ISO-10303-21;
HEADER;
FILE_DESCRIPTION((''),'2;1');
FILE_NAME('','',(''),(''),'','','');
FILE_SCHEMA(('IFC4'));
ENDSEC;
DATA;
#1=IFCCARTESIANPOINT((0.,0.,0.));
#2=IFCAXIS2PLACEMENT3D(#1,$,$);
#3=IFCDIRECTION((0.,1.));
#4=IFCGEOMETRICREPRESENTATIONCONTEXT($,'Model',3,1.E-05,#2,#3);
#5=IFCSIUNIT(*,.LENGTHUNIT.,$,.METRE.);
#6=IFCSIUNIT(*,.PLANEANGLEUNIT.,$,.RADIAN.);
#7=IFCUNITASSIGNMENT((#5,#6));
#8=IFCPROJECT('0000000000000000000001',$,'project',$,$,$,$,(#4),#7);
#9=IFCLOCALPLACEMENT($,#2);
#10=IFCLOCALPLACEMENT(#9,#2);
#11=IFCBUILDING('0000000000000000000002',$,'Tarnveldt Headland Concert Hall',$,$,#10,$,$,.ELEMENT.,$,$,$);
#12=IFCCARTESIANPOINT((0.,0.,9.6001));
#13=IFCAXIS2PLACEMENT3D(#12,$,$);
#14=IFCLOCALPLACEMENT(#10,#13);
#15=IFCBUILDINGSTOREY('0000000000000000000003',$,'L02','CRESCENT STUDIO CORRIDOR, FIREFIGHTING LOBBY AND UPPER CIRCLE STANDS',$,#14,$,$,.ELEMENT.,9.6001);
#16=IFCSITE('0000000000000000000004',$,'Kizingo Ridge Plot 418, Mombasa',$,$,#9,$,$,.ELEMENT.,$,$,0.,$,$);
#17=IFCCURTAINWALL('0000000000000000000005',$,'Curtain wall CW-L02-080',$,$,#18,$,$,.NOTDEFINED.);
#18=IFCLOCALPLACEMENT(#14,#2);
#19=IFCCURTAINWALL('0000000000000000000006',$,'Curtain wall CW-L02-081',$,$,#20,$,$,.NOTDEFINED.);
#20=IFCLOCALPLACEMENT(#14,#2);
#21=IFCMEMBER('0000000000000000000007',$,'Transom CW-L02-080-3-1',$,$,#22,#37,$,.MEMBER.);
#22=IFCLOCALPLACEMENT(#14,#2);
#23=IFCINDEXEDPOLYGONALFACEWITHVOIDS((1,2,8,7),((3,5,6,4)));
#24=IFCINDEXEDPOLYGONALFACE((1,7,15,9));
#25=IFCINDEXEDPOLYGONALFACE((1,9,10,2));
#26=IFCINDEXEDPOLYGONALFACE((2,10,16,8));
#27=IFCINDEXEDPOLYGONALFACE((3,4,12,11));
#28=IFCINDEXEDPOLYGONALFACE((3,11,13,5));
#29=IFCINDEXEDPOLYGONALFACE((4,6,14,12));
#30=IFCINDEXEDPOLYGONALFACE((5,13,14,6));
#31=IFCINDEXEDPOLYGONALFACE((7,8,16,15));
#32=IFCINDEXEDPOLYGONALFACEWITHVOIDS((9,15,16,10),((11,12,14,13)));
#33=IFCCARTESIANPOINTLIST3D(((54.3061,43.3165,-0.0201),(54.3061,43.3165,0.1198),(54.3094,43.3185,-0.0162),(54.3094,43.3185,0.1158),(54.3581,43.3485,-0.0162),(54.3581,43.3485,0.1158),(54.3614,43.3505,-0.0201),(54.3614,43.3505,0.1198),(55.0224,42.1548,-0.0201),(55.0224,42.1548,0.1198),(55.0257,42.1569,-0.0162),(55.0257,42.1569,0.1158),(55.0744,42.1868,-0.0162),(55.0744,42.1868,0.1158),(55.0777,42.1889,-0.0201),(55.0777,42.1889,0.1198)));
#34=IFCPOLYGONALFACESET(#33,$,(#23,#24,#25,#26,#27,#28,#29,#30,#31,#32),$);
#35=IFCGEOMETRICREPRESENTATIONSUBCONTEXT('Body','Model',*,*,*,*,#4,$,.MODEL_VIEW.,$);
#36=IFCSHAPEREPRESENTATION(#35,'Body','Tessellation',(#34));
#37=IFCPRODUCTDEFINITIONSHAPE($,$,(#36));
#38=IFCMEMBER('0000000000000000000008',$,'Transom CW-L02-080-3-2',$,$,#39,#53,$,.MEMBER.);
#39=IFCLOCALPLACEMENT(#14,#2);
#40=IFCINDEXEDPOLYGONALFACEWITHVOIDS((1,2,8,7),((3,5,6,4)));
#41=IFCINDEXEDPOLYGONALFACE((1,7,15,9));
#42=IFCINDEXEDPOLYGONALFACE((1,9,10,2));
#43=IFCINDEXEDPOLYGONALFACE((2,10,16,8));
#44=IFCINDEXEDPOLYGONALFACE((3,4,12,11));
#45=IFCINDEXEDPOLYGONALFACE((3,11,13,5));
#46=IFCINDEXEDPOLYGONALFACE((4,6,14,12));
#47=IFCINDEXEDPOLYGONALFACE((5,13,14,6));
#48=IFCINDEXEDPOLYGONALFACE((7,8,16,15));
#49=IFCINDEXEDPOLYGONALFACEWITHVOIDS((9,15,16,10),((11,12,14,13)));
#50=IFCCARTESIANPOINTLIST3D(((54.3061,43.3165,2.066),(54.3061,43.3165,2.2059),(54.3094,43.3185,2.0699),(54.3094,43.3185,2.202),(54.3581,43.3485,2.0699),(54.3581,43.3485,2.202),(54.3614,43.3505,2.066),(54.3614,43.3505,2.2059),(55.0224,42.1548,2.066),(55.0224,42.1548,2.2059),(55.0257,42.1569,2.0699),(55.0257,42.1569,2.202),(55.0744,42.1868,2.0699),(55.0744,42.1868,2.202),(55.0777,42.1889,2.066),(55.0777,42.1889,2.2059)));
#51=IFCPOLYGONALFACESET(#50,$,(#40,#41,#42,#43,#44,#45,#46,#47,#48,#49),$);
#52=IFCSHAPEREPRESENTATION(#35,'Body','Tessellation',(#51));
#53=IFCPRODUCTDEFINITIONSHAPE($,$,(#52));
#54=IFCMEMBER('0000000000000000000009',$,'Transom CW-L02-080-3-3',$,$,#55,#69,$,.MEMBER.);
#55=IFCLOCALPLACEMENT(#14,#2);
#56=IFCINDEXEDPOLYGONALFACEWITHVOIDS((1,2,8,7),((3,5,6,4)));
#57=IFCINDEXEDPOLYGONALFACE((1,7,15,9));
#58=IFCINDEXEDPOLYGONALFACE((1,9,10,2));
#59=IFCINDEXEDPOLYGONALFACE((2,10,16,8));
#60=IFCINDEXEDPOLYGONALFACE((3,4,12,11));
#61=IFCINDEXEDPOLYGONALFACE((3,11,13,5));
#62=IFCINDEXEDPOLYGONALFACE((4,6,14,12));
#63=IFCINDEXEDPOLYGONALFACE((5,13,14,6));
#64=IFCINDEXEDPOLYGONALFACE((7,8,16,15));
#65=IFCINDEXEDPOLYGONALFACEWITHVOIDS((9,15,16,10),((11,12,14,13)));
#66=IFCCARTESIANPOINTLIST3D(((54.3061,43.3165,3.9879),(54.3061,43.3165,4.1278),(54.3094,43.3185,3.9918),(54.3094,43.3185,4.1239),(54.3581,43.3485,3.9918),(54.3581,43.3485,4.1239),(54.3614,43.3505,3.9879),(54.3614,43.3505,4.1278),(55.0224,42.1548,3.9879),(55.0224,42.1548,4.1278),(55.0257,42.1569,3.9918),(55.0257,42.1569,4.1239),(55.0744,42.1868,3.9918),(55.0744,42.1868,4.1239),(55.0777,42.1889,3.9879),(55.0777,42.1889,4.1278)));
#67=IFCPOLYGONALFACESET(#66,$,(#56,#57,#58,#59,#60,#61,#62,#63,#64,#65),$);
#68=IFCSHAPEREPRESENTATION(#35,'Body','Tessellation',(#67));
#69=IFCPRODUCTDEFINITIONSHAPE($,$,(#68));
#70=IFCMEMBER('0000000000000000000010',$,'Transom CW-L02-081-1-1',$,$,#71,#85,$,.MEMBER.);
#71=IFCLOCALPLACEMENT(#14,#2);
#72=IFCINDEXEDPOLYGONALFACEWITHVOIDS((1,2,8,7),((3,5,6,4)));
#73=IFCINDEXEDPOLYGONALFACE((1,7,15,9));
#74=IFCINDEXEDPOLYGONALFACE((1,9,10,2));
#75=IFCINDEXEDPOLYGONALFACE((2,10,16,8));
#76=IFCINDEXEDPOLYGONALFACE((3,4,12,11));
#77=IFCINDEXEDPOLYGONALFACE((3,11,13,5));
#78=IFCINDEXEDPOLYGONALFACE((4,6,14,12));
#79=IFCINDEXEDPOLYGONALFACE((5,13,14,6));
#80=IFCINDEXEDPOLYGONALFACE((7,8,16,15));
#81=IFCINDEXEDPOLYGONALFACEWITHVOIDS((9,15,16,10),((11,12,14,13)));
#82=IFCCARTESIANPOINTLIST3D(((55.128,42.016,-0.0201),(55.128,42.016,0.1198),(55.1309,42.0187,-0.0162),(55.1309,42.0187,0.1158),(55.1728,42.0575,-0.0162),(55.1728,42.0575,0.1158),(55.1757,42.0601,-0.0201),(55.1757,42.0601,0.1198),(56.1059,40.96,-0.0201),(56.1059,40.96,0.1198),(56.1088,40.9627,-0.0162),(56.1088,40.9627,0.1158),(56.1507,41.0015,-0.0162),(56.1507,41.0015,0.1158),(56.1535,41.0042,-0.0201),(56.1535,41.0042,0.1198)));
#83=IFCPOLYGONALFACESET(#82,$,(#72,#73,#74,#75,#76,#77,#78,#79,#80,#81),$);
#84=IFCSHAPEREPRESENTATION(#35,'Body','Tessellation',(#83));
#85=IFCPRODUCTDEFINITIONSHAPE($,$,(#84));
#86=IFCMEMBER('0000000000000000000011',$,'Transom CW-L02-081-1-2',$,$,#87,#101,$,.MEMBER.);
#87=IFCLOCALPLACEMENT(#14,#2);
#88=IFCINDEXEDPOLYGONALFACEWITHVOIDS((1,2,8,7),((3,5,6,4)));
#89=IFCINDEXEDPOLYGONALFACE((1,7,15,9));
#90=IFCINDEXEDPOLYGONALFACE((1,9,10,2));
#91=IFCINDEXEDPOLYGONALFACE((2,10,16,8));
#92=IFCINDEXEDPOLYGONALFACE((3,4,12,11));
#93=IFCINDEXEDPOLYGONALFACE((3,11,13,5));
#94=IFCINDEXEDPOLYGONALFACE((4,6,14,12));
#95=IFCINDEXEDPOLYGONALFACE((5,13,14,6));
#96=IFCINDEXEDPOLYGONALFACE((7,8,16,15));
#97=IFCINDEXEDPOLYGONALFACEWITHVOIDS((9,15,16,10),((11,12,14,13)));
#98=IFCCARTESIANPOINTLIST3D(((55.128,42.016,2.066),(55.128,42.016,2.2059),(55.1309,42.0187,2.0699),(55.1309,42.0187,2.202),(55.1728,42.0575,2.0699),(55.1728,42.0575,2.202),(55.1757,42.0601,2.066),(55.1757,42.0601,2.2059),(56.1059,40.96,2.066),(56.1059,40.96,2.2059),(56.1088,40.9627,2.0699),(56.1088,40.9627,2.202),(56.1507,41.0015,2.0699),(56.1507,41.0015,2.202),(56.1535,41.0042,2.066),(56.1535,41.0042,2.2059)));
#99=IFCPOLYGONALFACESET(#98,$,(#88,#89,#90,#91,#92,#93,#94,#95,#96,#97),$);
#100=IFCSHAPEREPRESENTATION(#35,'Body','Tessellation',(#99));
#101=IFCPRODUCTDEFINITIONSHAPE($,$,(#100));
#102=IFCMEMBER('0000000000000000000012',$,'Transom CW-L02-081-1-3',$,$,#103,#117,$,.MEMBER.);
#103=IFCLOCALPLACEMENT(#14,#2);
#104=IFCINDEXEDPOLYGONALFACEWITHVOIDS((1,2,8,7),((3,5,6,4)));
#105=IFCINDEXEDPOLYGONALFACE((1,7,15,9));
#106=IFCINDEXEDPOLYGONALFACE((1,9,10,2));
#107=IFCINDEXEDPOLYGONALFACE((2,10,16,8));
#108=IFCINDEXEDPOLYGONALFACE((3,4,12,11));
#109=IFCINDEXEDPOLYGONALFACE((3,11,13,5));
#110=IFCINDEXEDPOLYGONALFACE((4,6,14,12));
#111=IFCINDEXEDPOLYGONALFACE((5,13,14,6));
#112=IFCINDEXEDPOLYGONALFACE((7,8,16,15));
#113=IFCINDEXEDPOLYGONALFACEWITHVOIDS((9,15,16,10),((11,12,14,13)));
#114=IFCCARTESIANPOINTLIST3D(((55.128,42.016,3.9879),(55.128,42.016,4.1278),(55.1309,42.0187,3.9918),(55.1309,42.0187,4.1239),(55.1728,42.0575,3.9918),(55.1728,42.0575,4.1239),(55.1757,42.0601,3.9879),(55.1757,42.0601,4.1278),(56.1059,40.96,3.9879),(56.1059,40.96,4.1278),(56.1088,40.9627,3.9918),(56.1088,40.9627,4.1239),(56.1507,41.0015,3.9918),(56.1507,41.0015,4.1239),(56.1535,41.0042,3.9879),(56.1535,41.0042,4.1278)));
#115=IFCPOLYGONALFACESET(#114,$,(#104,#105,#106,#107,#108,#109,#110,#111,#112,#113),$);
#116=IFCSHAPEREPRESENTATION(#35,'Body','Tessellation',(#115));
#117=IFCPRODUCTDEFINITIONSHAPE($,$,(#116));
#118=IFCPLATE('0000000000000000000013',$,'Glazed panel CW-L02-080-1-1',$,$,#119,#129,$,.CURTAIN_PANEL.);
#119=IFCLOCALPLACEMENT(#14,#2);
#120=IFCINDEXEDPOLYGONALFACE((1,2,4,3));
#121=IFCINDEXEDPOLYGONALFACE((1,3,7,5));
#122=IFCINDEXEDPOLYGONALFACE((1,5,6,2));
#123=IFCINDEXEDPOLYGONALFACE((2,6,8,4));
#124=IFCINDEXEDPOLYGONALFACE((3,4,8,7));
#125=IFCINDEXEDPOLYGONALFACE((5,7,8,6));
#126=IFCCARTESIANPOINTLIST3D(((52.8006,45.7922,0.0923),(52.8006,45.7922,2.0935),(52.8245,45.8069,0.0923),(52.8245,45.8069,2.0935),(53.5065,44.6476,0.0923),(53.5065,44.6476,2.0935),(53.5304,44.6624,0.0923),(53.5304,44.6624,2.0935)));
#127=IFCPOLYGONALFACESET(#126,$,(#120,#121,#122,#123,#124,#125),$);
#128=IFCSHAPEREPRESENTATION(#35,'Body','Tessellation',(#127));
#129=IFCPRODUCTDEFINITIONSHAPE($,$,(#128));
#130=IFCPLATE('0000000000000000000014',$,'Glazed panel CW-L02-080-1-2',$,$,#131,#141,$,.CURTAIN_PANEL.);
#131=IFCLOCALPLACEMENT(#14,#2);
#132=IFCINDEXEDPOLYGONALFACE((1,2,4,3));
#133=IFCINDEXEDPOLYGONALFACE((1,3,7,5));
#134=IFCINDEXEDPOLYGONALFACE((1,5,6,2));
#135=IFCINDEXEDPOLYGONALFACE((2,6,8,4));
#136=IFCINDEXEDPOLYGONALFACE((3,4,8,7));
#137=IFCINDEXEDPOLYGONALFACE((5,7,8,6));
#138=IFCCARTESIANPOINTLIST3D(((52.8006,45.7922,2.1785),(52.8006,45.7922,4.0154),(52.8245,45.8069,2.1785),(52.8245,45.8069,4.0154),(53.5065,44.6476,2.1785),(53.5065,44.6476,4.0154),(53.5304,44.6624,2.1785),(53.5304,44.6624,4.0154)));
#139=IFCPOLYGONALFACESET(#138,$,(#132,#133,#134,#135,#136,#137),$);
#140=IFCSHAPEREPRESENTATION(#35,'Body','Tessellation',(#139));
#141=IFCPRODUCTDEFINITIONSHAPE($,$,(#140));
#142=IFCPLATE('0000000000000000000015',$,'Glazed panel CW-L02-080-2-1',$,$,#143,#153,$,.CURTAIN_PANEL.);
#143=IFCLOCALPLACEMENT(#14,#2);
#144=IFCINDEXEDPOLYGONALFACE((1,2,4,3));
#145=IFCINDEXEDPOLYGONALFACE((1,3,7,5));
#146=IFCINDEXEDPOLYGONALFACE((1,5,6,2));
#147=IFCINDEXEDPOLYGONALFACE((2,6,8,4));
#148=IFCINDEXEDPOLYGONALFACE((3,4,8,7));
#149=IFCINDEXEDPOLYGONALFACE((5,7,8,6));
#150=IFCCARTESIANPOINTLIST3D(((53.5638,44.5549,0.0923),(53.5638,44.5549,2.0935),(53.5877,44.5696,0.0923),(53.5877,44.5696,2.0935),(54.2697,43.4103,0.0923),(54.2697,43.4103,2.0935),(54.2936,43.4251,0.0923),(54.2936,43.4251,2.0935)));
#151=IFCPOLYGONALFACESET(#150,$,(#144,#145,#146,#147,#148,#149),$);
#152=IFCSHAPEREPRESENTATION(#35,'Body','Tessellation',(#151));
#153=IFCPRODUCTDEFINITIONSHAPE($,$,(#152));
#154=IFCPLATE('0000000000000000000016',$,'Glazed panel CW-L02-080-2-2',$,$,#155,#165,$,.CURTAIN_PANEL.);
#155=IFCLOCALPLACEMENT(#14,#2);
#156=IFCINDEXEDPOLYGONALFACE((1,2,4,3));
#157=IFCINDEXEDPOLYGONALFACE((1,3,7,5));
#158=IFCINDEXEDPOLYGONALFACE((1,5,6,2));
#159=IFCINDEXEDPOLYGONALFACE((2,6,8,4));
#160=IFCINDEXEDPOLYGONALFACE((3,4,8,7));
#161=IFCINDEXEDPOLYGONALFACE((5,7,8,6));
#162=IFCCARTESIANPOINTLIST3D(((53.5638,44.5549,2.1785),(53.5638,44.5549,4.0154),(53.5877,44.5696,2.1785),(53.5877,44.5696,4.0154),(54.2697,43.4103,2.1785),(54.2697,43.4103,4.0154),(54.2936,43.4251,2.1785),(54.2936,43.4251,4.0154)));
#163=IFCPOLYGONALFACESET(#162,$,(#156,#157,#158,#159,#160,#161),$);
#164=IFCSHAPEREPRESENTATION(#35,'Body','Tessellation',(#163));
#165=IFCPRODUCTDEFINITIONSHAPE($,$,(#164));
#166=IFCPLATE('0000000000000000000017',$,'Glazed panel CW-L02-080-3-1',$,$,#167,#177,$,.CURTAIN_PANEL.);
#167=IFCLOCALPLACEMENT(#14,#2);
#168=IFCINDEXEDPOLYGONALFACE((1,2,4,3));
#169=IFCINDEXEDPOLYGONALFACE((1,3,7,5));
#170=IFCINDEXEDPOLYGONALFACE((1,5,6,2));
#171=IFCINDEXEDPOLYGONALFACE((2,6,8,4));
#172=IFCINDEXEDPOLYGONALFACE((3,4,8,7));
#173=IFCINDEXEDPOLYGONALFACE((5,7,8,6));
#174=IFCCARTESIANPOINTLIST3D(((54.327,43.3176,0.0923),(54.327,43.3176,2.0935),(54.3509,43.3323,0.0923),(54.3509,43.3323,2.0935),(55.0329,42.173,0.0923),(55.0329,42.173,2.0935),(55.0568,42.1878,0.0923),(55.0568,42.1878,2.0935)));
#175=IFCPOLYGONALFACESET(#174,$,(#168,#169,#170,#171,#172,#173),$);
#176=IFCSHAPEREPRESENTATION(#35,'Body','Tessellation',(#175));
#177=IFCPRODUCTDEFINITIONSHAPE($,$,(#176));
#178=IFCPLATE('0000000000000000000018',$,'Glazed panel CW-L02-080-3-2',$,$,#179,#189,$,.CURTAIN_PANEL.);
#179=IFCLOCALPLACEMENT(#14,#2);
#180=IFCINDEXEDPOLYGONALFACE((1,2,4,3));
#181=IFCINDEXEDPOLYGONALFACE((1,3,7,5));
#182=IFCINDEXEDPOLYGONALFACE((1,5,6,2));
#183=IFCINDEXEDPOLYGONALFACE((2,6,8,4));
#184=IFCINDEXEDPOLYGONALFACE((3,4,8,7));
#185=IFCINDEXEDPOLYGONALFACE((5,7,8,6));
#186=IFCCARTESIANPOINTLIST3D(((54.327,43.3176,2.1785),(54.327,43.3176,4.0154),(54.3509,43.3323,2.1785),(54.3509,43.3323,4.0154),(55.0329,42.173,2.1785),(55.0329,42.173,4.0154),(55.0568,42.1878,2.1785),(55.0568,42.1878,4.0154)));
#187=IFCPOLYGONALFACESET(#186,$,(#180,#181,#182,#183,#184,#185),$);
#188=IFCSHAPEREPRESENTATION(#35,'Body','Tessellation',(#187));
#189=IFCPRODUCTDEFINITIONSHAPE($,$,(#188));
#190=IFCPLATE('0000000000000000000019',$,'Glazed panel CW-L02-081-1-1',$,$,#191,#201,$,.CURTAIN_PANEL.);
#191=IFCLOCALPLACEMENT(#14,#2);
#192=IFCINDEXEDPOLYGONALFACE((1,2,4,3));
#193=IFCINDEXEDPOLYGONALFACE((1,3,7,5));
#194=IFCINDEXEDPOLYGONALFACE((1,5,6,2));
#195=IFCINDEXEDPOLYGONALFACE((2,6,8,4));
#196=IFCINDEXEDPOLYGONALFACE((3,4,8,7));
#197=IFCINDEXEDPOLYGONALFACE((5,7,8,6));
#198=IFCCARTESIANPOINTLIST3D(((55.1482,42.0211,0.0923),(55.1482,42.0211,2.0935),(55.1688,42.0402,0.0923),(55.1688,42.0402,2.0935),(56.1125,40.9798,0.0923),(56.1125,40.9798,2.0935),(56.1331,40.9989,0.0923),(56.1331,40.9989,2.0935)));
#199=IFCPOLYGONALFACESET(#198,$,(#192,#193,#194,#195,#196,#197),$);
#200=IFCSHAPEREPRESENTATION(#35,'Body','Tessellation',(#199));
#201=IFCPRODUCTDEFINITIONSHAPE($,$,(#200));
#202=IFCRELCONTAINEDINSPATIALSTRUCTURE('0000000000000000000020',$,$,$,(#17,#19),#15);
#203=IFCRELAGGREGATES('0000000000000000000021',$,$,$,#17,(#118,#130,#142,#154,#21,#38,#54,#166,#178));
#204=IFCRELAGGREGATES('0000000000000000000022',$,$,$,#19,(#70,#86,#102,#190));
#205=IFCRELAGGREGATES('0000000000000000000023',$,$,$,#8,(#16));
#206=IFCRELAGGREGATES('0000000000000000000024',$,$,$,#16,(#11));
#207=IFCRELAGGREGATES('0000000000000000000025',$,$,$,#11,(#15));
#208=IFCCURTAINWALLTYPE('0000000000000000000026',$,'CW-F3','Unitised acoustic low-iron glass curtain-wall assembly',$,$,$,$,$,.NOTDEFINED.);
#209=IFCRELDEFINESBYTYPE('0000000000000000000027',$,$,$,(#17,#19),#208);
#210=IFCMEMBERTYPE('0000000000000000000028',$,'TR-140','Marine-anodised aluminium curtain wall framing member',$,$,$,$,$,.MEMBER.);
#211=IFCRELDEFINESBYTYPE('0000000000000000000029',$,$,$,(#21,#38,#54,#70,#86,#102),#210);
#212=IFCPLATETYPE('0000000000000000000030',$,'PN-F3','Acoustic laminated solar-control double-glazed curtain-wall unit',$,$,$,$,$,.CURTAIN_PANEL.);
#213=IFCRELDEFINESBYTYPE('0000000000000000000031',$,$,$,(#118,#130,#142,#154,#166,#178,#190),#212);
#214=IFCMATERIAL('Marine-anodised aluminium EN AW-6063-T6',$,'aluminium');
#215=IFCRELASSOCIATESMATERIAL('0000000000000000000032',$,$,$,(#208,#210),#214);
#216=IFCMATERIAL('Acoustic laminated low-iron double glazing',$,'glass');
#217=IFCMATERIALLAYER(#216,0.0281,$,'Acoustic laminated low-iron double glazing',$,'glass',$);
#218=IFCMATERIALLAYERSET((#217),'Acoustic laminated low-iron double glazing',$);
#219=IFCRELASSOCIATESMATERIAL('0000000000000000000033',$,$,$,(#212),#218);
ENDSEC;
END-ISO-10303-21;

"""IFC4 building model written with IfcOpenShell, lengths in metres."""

from ifc_helpers import new_model, si_unit, direction, frame, origin, origin_2d, place, context, subcontext, project, spatial, rectangle, hollow_rectangle, extrude, material, layer, layer_set, material_profile, profile_set, type_object, element, aggregate, save


model = new_model("IFC4")

# Units and contexts
model_context = context("Model", 3, precision=1e-05, world=origin(), true_north=direction((0.0, 1.0)))
body_context = subcontext(model_context, "Body", "Model", "MODEL_VIEW")
ifc_project = project(units=[si_unit("LENGTHUNIT", "METRE"), si_unit("PLANEANGLEUNIT", "RADIAN")], contexts=[model_context])

# Site, building, storey
site_placement = place(None, origin())
site = spatial("IfcSite", under=ifc_project, at=site_placement, Name="Kizingo Ridge Plot 418, Mombasa", CompositionType="ELEMENT", RefElevation=0.0)
building_placement = place(site_placement, origin())
building = spatial("IfcBuilding", under=site, at=building_placement, Name="Tarnveldt Headland Concert Hall", CompositionType="ELEMENT")
storey_placement = place(building_placement, frame((0.0, 0.0, 9.6001)))
storey = spatial("IfcBuildingStorey", under=building, at=storey_placement, Name="L02", Description="CRESCENT STUDIO CORRIDOR, FIREFIGHTING LOBBY AND UPPER CIRCLE STANDS", CompositionType="ELEMENT", Elevation=9.6001)

# Curtain wall
ifc_material_1 = material(Name="Marine-anodised aluminium EN AW-6063-T6", Category="aluminium")
curtain_wall_type = type_object("IfcCurtainWallType", Name="CW-F3", Description="Unitised acoustic low-iron glass curtain-wall assembly", PredefinedType="NOTDEFINED", material=ifc_material_1)
curtain_wall_1_placement = place(storey_placement, origin())
curtain_wall_1 = element("IfcCurtainWall", 1, at=curtain_wall_1_placement, inside=storey, type_object=curtain_wall_type, Name="Curtain wall CW-L02-080", PredefinedType="NOTDEFINED")

# Curtain wall
curtain_wall_2_placement = place(storey_placement, origin())
curtain_wall_2 = element("IfcCurtainWall", 2, at=curtain_wall_2_placement, inside=storey, type_object=curtain_wall_type, Name="Curtain wall CW-L02-081", PredefinedType="NOTDEFINED")

# Members
ifc_material_profile_1 = material_profile(ifc_material_1, hollow_rectangle(XDim=0.0649, YDim=0.1399, WallThickness=0.0039, at=origin_2d()), Name="ALU TRANSOM 65x140x4", Category="aluminium")
ifc_profile_set_1 = profile_set([ifc_material_profile_1], Name="Marine-anodised aluminium EN AW-6063-T6")
member_type_1 = type_object("IfcMemberType", Name="TR-140", Description="Marine-anodised aluminium curtain wall framing member", PredefinedType="MEMBER", material=ifc_profile_set_1)
member_1_placement = place(storey_placement, frame((54.3337, 43.3335, 0.0498), z_axis=(0.524876, -0.851179, 0.0), x_axis=(0.851179, 0.524876, 0.0)))
member_1 = element("IfcMember", 3, at=member_1_placement, type_object=member_type_1, Name="Transom CW-L02-080-3-1", PredefinedType="MEMBER", context=body_context, shape_type="SweptSolid", body=[
    extrude(hollow_rectangle(XDim=0.0649, YDim=0.1399, WallThickness=0.0039, at=origin_2d()), origin(), (0.0, 0.0, 1.0), 1.3647),
])
member_2_placement = place(storey_placement, frame((54.3337, 43.3335, 2.136), z_axis=(0.524876, -0.851179, 0.0), x_axis=(0.851179, 0.524876, 0.0)))
member_2 = element("IfcMember", 4, at=member_2_placement, type_object=member_type_1, Name="Transom CW-L02-080-3-2", PredefinedType="MEMBER", context=body_context, shape_type="SweptSolid", body=[
    extrude(hollow_rectangle(XDim=0.0649, YDim=0.1399, WallThickness=0.0039, at=origin_2d()), origin(), (0.0, 0.0, 1.0), 1.3647),
])
member_3_placement = place(storey_placement, frame((54.3337, 43.3335, 4.0579), z_axis=(0.524876, -0.851179, 0.0), x_axis=(0.851179, 0.524876, 0.0)))
member_3 = element("IfcMember", 5, at=member_3_placement, type_object=member_type_1, Name="Transom CW-L02-080-3-3", PredefinedType="MEMBER", context=body_context, shape_type="SweptSolid", body=[
    extrude(hollow_rectangle(XDim=0.0649, YDim=0.1399, WallThickness=0.0039, at=origin_2d()), origin(), (0.0, 0.0, 1.0), 1.3647),
])
member_4_placement = place(storey_placement, frame((55.1519, 42.0381, 0.0498), z_axis=(0.679442, -0.733729, 0.0), x_axis=(0.733729, 0.679442, 0.0)))
member_4 = element("IfcMember", 6, at=member_4_placement, type_object=member_type_1, Name="Transom CW-L02-081-1-1", PredefinedType="MEMBER", context=body_context, shape_type="SweptSolid", body=[
    extrude(hollow_rectangle(XDim=0.0649, YDim=0.1399, WallThickness=0.0039, at=origin_2d()), origin(), (0.0, 0.0, 1.0), 1.4392),
])
member_5_placement = place(storey_placement, frame((55.1519, 42.0381, 2.136), z_axis=(0.679442, -0.733729, 0.0), x_axis=(0.733729, 0.679442, 0.0)))
member_5 = element("IfcMember", 7, at=member_5_placement, type_object=member_type_1, Name="Transom CW-L02-081-1-2", PredefinedType="MEMBER", context=body_context, shape_type="SweptSolid", body=[
    extrude(hollow_rectangle(XDim=0.0649, YDim=0.1399, WallThickness=0.0039, at=origin_2d()), origin(), (0.0, 0.0, 1.0), 1.4392),
])
member_6_placement = place(storey_placement, frame((55.1519, 42.0381, 4.0579), z_axis=(0.679442, -0.733729, 0.0), x_axis=(0.733729, 0.679442, 0.0)))
member_6 = element("IfcMember", 8, at=member_6_placement, type_object=member_type_1, Name="Transom CW-L02-081-1-3", PredefinedType="MEMBER", context=body_context, shape_type="SweptSolid", body=[
    extrude(hollow_rectangle(XDim=0.0649, YDim=0.1399, WallThickness=0.0039, at=origin_2d()), origin(), (0.0, 0.0, 1.0), 1.4392),
])

# Plates
ifc_material_2 = material(Name="Acoustic laminated low-iron double glazing", Category="glass")
ifc_layer_1 = layer(ifc_material_2, 0.0281, Name="Acoustic laminated low-iron double glazing", Category="glass")
ifc_layer_set_1 = layer_set([ifc_layer_1], Name="Acoustic laminated low-iron double glazing")
plate_type = type_object("IfcPlateType", Name="PN-F3", Description="Acoustic laminated solar-control double-glazed curtain-wall unit", PredefinedType="CURTAIN_PANEL", material=ifc_layer_set_1)
plate_1_placement = place(storey_placement, frame((53.1655, 45.2273, 0.0923), z_axis=(0.0, 0.0, 1.0), x_axis=(0.524922, -0.85115, 0.0)))
plate_1 = element("IfcPlate", 9, at=plate_1_placement, type_object=plate_type, Name="Glazed panel CW-L02-080-1-1", PredefinedType="CURTAIN_PANEL", context=body_context, shape_type="SweptSolid", body=[
    extrude(rectangle(XDim=1.3447, YDim=0.0281, at=origin_2d()), origin(), (0.0, 0.0, 1.0), 2.0012),
])
plate_2_placement = place(storey_placement, frame((53.1655, 45.2273, 2.1785), z_axis=(0.0, 0.0, 1.0), x_axis=(0.524922, -0.85115, 0.0)))
plate_2 = element("IfcPlate", 10, at=plate_2_placement, type_object=plate_type, Name="Glazed panel CW-L02-080-1-2", PredefinedType="CURTAIN_PANEL", context=body_context, shape_type="SweptSolid", body=[
    extrude(rectangle(XDim=1.3447, YDim=0.0281, at=origin_2d()), origin(), (0.0, 0.0, 1.0), 1.8369),
])
plate_3_placement = place(storey_placement, frame((53.9287, 43.99, 0.0923), z_axis=(0.0, 0.0, 1.0), x_axis=(0.524922, -0.85115, 0.0)))
plate_3 = element("IfcPlate", 11, at=plate_3_placement, type_object=plate_type, Name="Glazed panel CW-L02-080-2-1", PredefinedType="CURTAIN_PANEL", context=body_context, shape_type="SweptSolid", body=[
    extrude(rectangle(XDim=1.3447, YDim=0.0281, at=origin_2d()), origin(), (0.0, 0.0, 1.0), 2.0012),
])
plate_4_placement = place(storey_placement, frame((53.9287, 43.99, 2.1785), z_axis=(0.0, 0.0, 1.0), x_axis=(0.524922, -0.85115, 0.0)))
plate_4 = element("IfcPlate", 12, at=plate_4_placement, type_object=plate_type, Name="Glazed panel CW-L02-080-2-2", PredefinedType="CURTAIN_PANEL", context=body_context, shape_type="SweptSolid", body=[
    extrude(rectangle(XDim=1.3447, YDim=0.0281, at=origin_2d()), origin(), (0.0, 0.0, 1.0), 1.8369),
])
plate_5_placement = place(storey_placement, frame((54.6919, 42.7527, 0.0923), z_axis=(0.0, 0.0, 1.0), x_axis=(0.524922, -0.85115, 0.0)))
plate_5 = element("IfcPlate", 13, at=plate_5_placement, type_object=plate_type, Name="Glazed panel CW-L02-080-3-1", PredefinedType="CURTAIN_PANEL", context=body_context, shape_type="SweptSolid", body=[
    extrude(rectangle(XDim=1.3447, YDim=0.0281, at=origin_2d()), origin(), (0.0, 0.0, 1.0), 2.0012),
])
plate_6_placement = place(storey_placement, frame((54.6919, 42.7527, 2.1785), z_axis=(0.0, 0.0, 1.0), x_axis=(0.524922, -0.85115, 0.0)))
plate_6 = element("IfcPlate", 14, at=plate_6_placement, type_object=plate_type, Name="Glazed panel CW-L02-080-3-2", PredefinedType="CURTAIN_PANEL", context=body_context, shape_type="SweptSolid", body=[
    extrude(rectangle(XDim=1.3447, YDim=0.0281, at=origin_2d()), origin(), (0.0, 0.0, 1.0), 1.8369),
])
aggregate(curtain_wall_1, [plate_1, plate_2, plate_3, plate_4, member_1, member_2, member_3, plate_5, plate_6])
plate_7_placement = place(storey_placement, frame((55.6406, 41.51, 0.0923), z_axis=(0.0, 0.0, 1.0), x_axis=(0.679467, -0.733706, 0.0)))
plate_7 = element("IfcPlate", 15, at=plate_7_placement, type_object=plate_type, Name="Glazed panel CW-L02-081-1-1", PredefinedType="CURTAIN_PANEL", context=body_context, shape_type="SweptSolid", body=[
    extrude(rectangle(XDim=1.4192, YDim=0.0281, at=origin_2d()), origin(), (0.0, 0.0, 1.0), 2.0012),
])
aggregate(curtain_wall_2, [member_4, member_5, member_6, plate_7])

save(model, "model.ifc")
